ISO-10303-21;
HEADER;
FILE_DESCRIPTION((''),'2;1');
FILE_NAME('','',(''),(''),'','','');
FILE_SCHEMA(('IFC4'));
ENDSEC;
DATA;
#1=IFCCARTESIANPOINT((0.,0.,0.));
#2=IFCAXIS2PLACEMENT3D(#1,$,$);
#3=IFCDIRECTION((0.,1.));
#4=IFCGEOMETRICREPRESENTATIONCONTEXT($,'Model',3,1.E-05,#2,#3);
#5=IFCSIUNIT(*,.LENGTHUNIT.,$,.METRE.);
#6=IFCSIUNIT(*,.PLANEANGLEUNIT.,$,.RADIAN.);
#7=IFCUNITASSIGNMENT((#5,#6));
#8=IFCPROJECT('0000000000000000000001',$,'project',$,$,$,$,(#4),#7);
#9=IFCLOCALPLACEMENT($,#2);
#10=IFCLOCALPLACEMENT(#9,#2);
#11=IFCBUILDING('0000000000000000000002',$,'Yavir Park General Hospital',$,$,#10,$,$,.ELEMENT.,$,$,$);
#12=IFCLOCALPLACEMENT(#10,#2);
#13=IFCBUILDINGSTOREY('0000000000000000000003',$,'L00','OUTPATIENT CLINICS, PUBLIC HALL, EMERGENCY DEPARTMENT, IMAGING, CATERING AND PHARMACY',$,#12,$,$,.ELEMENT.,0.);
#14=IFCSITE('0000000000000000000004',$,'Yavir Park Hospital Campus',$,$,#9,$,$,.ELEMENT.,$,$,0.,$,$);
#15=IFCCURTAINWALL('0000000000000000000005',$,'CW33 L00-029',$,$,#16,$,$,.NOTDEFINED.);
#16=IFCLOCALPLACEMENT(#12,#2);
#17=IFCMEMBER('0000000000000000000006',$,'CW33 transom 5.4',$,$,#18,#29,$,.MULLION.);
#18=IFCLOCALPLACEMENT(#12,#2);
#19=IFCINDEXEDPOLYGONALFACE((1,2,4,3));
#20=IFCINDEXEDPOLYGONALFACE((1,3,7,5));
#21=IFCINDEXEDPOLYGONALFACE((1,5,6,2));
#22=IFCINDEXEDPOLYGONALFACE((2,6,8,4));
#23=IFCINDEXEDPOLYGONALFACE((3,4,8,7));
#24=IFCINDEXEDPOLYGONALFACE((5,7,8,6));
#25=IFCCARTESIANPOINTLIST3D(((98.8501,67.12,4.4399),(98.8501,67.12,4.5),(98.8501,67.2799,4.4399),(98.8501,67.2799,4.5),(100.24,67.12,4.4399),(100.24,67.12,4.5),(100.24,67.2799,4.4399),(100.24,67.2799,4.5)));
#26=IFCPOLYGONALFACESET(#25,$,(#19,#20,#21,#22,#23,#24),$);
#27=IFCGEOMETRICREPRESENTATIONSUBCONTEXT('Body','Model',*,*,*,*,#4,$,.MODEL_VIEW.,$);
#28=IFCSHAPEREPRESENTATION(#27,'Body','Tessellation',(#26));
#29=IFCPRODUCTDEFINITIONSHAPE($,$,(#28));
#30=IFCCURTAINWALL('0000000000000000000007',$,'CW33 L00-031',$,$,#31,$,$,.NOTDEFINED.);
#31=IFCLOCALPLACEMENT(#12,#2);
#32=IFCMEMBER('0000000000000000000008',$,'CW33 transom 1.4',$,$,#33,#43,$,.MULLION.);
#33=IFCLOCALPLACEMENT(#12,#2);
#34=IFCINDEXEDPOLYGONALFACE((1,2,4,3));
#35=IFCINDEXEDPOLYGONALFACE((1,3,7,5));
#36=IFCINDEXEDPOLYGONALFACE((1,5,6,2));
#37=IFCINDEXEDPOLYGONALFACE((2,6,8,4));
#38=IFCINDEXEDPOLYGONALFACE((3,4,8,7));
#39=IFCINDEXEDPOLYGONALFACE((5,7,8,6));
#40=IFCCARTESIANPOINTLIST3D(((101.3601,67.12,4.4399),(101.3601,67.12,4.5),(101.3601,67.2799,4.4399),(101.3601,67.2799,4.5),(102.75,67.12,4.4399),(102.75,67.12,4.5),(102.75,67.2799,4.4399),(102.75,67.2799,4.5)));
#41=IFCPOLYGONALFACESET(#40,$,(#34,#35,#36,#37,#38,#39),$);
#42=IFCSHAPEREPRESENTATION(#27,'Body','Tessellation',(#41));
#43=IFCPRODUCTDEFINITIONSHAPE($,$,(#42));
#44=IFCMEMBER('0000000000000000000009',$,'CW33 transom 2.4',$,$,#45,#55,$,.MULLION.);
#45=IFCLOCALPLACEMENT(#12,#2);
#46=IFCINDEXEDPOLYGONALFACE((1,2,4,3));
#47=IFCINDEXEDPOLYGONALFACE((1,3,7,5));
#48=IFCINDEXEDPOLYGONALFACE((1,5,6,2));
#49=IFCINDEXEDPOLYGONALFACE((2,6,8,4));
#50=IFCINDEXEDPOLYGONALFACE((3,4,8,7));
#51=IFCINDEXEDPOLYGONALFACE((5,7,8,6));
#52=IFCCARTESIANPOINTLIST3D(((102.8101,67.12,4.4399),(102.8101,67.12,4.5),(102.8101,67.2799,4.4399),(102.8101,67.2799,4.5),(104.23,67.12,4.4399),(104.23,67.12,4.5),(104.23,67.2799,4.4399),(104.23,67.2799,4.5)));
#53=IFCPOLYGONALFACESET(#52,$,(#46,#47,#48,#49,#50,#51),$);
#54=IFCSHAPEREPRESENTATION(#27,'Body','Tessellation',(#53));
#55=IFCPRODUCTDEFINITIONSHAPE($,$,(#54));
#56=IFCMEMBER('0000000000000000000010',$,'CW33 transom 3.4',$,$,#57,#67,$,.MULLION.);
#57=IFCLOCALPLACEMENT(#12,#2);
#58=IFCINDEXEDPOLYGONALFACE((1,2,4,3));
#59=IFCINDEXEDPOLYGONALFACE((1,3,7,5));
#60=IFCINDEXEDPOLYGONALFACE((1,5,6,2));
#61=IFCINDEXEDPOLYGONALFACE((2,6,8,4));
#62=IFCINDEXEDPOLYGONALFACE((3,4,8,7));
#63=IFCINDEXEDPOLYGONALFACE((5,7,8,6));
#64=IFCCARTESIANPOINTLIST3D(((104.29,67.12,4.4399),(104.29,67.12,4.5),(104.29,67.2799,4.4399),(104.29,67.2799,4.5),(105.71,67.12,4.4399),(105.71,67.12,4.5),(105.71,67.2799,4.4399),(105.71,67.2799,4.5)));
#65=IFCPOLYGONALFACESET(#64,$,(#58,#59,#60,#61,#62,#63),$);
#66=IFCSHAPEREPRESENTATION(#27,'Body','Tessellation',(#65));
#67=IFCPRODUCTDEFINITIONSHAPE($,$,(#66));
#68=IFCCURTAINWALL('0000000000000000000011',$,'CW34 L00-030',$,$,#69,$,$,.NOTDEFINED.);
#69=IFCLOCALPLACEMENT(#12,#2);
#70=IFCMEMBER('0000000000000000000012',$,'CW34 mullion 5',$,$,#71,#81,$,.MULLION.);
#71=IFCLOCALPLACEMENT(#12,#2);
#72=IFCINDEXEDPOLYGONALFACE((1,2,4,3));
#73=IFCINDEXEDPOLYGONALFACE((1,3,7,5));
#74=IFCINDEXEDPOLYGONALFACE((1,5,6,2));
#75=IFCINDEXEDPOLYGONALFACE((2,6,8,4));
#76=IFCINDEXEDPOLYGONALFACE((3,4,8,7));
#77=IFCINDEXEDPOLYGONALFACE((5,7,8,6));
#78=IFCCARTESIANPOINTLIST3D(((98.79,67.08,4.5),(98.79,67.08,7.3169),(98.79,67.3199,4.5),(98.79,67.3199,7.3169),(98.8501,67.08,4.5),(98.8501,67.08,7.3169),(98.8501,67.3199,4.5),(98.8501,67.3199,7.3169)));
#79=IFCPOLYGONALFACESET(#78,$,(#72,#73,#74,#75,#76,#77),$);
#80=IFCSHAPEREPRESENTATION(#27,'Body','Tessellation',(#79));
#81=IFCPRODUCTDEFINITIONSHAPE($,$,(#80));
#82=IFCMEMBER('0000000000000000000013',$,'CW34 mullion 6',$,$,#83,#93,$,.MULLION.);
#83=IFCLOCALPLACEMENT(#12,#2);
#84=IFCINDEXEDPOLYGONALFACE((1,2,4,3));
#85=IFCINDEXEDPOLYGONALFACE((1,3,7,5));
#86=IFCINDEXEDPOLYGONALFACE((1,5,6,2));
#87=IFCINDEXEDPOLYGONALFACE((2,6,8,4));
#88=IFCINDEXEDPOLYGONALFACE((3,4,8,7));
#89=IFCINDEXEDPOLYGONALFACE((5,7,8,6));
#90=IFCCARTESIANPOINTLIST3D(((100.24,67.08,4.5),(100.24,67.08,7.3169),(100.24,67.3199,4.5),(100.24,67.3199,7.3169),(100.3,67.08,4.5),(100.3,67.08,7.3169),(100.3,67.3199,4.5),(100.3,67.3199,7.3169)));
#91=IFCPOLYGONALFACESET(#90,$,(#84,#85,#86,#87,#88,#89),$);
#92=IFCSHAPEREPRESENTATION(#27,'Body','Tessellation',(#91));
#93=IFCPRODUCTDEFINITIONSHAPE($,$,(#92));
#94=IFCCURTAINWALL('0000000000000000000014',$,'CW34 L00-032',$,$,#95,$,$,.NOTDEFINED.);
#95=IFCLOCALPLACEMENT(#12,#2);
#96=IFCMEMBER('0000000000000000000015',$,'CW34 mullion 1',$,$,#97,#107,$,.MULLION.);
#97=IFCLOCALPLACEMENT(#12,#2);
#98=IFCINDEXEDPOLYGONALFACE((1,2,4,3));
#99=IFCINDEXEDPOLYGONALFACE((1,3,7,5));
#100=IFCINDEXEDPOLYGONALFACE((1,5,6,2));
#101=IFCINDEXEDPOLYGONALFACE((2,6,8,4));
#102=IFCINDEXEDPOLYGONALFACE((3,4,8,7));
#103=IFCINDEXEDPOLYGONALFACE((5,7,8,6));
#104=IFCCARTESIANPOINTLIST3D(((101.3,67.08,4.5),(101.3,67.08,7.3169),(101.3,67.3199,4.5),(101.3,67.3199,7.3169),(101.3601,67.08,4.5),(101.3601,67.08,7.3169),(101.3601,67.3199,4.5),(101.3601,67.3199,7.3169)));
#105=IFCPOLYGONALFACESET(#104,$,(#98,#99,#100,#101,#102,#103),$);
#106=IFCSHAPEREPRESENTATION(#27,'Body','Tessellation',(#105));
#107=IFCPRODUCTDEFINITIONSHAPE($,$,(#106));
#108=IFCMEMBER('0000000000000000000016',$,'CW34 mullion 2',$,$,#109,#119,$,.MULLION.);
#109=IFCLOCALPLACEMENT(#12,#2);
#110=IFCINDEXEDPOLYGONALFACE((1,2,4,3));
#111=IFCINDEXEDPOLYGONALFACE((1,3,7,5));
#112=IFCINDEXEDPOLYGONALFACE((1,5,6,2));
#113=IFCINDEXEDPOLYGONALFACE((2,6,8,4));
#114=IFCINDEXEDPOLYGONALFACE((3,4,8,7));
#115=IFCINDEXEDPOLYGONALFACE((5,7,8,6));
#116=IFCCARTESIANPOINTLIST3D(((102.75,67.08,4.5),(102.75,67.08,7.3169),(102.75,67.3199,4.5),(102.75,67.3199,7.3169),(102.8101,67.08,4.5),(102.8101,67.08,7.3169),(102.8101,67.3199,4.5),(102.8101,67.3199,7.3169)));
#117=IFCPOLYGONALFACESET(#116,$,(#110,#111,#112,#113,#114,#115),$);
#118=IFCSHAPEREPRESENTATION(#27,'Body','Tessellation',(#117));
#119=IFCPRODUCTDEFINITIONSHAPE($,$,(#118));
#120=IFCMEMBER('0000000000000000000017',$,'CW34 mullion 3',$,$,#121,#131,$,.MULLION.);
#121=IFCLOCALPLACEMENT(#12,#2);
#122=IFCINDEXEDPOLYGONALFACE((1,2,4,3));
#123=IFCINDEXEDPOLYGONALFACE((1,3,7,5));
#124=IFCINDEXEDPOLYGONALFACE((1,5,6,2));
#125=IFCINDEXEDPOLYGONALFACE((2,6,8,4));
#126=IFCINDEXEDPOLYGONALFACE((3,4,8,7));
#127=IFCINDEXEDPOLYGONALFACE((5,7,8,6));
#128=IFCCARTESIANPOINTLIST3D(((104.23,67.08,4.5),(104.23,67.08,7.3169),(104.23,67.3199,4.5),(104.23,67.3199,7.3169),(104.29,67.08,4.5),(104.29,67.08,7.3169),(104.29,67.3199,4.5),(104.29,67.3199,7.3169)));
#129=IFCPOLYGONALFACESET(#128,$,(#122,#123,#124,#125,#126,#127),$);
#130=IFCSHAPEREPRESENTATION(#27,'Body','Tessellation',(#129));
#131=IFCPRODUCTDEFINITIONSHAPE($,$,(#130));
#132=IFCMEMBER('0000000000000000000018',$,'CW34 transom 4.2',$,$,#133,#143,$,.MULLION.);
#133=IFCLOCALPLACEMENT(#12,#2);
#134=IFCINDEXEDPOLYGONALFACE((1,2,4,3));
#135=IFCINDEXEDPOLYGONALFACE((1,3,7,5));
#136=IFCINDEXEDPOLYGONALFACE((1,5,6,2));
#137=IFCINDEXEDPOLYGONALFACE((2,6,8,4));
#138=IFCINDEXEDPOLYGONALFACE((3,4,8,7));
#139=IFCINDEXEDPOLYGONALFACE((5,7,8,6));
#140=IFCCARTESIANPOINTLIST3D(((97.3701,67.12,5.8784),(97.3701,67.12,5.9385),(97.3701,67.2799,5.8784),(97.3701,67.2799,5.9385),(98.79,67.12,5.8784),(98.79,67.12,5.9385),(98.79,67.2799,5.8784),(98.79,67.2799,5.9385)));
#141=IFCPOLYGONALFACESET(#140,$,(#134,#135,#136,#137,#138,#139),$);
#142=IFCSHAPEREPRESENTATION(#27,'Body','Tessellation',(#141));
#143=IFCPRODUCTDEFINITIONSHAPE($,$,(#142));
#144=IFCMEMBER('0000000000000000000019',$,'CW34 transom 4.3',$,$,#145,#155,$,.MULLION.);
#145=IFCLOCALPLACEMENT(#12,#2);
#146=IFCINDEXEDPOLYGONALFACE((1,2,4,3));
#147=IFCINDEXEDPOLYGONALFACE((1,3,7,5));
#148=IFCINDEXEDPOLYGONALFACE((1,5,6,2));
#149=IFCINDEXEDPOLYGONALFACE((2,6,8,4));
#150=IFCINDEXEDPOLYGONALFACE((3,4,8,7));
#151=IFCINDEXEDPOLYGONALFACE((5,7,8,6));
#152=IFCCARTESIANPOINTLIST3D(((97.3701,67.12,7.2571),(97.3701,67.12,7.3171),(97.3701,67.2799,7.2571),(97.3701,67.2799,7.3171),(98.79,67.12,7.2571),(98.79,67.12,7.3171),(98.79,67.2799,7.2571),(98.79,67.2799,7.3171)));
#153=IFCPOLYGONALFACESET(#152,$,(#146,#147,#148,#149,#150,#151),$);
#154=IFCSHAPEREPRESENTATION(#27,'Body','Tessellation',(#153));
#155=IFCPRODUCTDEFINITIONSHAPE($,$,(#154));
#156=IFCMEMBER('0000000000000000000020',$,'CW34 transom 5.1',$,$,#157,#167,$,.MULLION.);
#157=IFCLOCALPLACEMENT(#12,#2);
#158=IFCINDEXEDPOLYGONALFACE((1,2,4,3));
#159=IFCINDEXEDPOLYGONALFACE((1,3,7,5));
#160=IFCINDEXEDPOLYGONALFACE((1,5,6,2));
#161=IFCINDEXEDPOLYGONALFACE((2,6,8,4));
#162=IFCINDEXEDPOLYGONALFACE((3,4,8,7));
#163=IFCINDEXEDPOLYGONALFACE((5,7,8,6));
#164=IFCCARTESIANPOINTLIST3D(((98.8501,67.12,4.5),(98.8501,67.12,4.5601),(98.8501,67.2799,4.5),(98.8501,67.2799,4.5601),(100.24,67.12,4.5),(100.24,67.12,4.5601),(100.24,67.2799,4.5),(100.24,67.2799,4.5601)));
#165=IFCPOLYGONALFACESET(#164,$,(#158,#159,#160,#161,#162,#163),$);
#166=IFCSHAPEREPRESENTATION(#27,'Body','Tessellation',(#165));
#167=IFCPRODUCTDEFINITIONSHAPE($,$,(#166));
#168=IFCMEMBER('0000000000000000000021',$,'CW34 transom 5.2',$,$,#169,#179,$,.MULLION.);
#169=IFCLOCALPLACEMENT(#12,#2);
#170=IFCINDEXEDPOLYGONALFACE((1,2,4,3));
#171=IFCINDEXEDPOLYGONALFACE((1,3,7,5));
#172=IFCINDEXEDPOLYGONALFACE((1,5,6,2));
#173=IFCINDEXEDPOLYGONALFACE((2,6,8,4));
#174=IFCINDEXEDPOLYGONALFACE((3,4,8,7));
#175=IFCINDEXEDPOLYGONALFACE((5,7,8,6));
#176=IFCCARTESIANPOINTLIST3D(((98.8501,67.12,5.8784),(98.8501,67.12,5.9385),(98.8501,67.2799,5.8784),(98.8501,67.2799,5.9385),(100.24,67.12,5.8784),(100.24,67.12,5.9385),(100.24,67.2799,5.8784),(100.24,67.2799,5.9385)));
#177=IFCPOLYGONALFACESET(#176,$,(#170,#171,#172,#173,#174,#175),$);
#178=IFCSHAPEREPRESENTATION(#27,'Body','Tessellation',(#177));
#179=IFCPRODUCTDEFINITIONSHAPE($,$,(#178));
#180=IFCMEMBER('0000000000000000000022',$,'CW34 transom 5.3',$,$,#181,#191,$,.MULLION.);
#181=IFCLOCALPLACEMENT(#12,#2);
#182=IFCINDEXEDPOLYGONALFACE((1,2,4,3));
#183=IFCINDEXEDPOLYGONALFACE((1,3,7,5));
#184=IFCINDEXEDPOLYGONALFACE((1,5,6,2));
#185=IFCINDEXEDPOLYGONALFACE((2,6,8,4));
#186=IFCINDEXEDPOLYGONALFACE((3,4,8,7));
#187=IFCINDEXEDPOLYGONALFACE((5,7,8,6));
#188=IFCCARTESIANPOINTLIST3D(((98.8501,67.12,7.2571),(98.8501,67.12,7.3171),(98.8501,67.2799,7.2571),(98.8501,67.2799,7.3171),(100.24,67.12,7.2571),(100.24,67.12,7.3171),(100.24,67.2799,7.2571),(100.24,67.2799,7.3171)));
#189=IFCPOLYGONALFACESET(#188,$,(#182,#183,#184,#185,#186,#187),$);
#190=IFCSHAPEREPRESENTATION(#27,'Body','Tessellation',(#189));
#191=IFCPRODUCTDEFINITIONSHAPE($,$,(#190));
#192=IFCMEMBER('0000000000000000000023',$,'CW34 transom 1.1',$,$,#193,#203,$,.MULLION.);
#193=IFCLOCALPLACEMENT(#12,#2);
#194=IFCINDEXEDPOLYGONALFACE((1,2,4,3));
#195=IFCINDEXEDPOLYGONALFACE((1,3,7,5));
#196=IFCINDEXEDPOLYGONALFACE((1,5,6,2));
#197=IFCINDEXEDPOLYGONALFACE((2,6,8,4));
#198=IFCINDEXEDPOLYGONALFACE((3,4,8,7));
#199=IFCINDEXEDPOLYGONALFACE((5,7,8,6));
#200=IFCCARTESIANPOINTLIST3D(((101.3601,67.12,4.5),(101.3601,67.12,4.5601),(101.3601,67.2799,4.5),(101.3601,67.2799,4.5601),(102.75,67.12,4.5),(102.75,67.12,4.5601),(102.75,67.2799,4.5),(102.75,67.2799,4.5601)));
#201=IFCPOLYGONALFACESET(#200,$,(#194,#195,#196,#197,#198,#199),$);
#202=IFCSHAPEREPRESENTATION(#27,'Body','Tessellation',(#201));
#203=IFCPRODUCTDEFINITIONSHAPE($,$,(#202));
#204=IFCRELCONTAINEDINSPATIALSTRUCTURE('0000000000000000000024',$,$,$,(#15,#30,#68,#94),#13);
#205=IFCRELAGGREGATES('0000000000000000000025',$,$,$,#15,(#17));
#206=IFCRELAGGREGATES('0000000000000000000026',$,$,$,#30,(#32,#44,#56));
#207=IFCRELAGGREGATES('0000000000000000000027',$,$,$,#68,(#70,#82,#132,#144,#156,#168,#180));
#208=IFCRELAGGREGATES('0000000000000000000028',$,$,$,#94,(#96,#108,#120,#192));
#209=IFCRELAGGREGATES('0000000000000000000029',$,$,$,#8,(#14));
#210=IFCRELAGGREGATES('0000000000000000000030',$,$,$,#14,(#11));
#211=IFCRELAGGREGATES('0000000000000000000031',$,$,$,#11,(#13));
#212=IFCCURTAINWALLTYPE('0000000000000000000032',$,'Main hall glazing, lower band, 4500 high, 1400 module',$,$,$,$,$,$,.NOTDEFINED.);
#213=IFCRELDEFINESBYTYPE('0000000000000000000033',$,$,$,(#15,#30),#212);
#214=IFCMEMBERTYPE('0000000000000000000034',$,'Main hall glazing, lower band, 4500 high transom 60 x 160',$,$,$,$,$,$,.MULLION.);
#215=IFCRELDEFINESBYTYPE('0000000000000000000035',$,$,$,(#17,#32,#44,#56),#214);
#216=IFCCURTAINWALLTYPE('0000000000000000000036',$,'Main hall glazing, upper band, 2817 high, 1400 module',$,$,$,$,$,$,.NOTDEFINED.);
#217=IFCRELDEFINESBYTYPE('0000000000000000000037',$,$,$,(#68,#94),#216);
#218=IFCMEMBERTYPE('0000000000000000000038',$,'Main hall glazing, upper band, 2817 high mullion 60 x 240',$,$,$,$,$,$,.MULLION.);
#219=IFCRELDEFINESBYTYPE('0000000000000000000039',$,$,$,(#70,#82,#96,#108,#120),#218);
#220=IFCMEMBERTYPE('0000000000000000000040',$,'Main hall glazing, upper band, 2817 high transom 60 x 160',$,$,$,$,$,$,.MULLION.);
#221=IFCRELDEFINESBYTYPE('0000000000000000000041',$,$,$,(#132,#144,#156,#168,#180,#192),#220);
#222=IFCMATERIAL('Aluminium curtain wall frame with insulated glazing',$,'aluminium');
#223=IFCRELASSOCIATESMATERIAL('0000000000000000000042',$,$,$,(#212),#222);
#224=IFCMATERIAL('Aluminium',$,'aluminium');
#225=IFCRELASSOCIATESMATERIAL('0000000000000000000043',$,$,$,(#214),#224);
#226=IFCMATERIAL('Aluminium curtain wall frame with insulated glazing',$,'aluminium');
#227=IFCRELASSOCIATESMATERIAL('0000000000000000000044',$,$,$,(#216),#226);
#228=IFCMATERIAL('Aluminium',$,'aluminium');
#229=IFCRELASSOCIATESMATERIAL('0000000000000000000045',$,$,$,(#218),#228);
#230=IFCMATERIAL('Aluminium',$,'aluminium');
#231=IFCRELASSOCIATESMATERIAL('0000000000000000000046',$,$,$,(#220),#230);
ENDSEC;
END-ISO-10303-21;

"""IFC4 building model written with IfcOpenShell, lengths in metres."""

from ifc_helpers import new_model, si_unit, direction, frame, origin, origin_2d, place, context, subcontext, project, spatial, rectangle, extrude, material, material_profile, profile_set, type_object, element, aggregate, save


model = new_model("IFC4")

# Units and contexts
model_context = context("Model", 3, precision=1e-05, world=origin(), true_north=direction((0.0, 1.0)))
body_context = subcontext(model_context, "Body", "Model", "MODEL_VIEW")
ifc_project = project(units=[si_unit("LENGTHUNIT", "METRE"), si_unit("PLANEANGLEUNIT", "RADIAN")], contexts=[model_context])

# Site, building, storey
site_placement = place(None, origin())
site = spatial("IfcSite", under=ifc_project, at=site_placement, Name="Yavir Park Hospital Campus", CompositionType="ELEMENT", RefElevation=0.0)
building_placement = place(site_placement, origin())
building = spatial("IfcBuilding", under=site, at=building_placement, Name="Yavir Park General Hospital", CompositionType="ELEMENT")
storey_placement = place(building_placement, origin())
storey = spatial("IfcBuildingStorey", under=building, at=storey_placement, Name="L00", Description="OUTPATIENT CLINICS, PUBLIC HALL, EMERGENCY DEPARTMENT, IMAGING, CATERING AND PHARMACY", CompositionType="ELEMENT", Elevation=0.0)

# Curtain wall, member
ifc_material_1 = material(Name="Aluminium curtain wall frame with insulated glazing", Category="aluminium")
curtain_wall_type_1 = type_object("IfcCurtainWallType", Name="Main hall glazing, lower band, 4500 high, 1400 module", PredefinedType="NOTDEFINED", material=ifc_material_1)
curtain_wall_1_placement = place(storey_placement, origin())
curtain_wall_1 = element("IfcCurtainWall", 1, at=curtain_wall_1_placement, inside=storey, type_object=curtain_wall_type_1, Name="CW33 L00-029", PredefinedType="NOTDEFINED")
ifc_material_2 = material(Name="Aluminium", Category="aluminium")
ifc_material_profile_1 = material_profile(ifc_material_2, rectangle(XDim=0.1599, YDim=0.0601, at=origin_2d()), Name="AL 160x60")
ifc_profile_set_1 = profile_set([ifc_material_profile_1], Name="Aluminium")
member_type_1 = type_object("IfcMemberType", Name="Main hall glazing, lower band, 4500 high transom 60 x 160", PredefinedType="MULLION", material=ifc_profile_set_1)
member_1_placement = place(storey_placement, frame((98.8501, 67.2, 4.47), z_axis=(1.0, 0.0, 0.0), x_axis=(0.0, 1.0, 0.0)))
member_1 = element("IfcMember", 2, at=member_1_placement, type_object=member_type_1, Name="CW33 transom 5.4", PredefinedType="MULLION", context=body_context, shape_type="SweptSolid", body=[
    extrude(rectangle(XDim=0.1599, YDim=0.0601, at=origin_2d()), origin(), (0.0, 0.0, 1.0), 1.3899),
])
aggregate(curtain_wall_1, [member_1])

# Curtain walls, members
curtain_wall_2_placement = place(storey_placement, origin())
curtain_wall_2 = element("IfcCurtainWall", 3, at=curtain_wall_2_placement, inside=storey, type_object=curtain_wall_type_1, Name="CW33 L00-031", PredefinedType="NOTDEFINED")
member_2_placement = place(storey_placement, frame((101.3601, 67.2, 4.47), z_axis=(1.0, 0.0, 0.0), x_axis=(0.0, 1.0, 0.0)))
member_2 = element("IfcMember", 4, at=member_2_placement, type_object=member_type_1, Name="CW33 transom 1.4", PredefinedType="MULLION", context=body_context, shape_type="SweptSolid", body=[
    extrude(rectangle(XDim=0.1599, YDim=0.0601, at=origin_2d()), origin(), (0.0, 0.0, 1.0), 1.3899),
])
member_3_placement = place(storey_placement, frame((102.8101, 67.2, 4.47), z_axis=(1.0, 0.0, 0.0), x_axis=(0.0, 1.0, 0.0)))
member_3 = element("IfcMember", 5, at=member_3_placement, type_object=member_type_1, Name="CW33 transom 2.4", PredefinedType="MULLION", context=body_context, shape_type="SweptSolid", body=[
    extrude(rectangle(XDim=0.1599, YDim=0.0601, at=origin_2d()), origin(), (0.0, 0.0, 1.0), 1.4199),
])
member_4_placement = place(storey_placement, frame((104.29, 67.2, 4.47), z_axis=(1.0, 0.0, 0.0), x_axis=(0.0, 1.0, 0.0)))
member_4 = element("IfcMember", 6, at=member_4_placement, type_object=member_type_1, Name="CW33 transom 3.4", PredefinedType="MULLION", context=body_context, shape_type="SweptSolid", body=[
    extrude(rectangle(XDim=0.1599, YDim=0.0601, at=origin_2d()), origin(), (0.0, 0.0, 1.0), 1.4199),
])
ifc_material_3 = material(Name="Aluminium curtain wall frame with insulated glazing", Category="aluminium")
curtain_wall_type_2 = type_object("IfcCurtainWallType", Name="Main hall glazing, upper band, 2817 high, 1400 module", PredefinedType="NOTDEFINED", material=ifc_material_3)
curtain_wall_3_placement = place(storey_placement, origin())
curtain_wall_3 = element("IfcCurtainWall", 7, at=curtain_wall_3_placement, inside=storey, type_object=curtain_wall_type_2, Name="CW34 L00-030", PredefinedType="NOTDEFINED")
ifc_material_4 = material(Name="Aluminium", Category="aluminium")
ifc_material_profile_2 = material_profile(ifc_material_4, rectangle(XDim=0.24, YDim=0.0601, at=origin_2d()), Name="AL 60x240")
ifc_profile_set_2 = profile_set([ifc_material_profile_2], Name="Aluminium")
member_type_2 = type_object("IfcMemberType", Name="Main hall glazing, upper band, 2817 high mullion 60 x 240", PredefinedType="MULLION", material=ifc_profile_set_2)
member_5_placement = place(storey_placement, frame((98.8201, 67.2, 4.5), z_axis=(0.0, 0.0, 1.0), x_axis=(0.0, 1.0, 0.0)))
member_5 = element("IfcMember", 8, at=member_5_placement, type_object=member_type_2, Name="CW34 mullion 5", PredefinedType="MULLION", context=body_context, shape_type="SweptSolid", body=[
    extrude(rectangle(XDim=0.24, YDim=0.0601, at=origin_2d()), origin(), (0.0, 0.0, 1.0), 2.8169),
])
member_6_placement = place(storey_placement, frame((100.27, 67.2, 4.5), z_axis=(0.0, 0.0, 1.0), x_axis=(0.0, 1.0, 0.0)))
member_6 = element("IfcMember", 9, at=member_6_placement, type_object=member_type_2, Name="CW34 mullion 6", PredefinedType="MULLION", context=body_context, shape_type="SweptSolid", body=[
    extrude(rectangle(XDim=0.24, YDim=0.0601, at=origin_2d()), origin(), (0.0, 0.0, 1.0), 2.8169),
])
curtain_wall_4_placement = place(storey_placement, origin())
curtain_wall_4 = element("IfcCurtainWall", 10, at=curtain_wall_4_placement, inside=storey, type_object=curtain_wall_type_2, Name="CW34 L00-032", PredefinedType="NOTDEFINED")
member_7_placement = place(storey_placement, frame((101.3301, 67.2, 4.5), z_axis=(0.0, 0.0, 1.0), x_axis=(0.0, 1.0, 0.0)))
member_7 = element("IfcMember", 11, at=member_7_placement, type_object=member_type_2, Name="CW34 mullion 1", PredefinedType="MULLION", context=body_context, shape_type="SweptSolid", body=[
    extrude(rectangle(XDim=0.24, YDim=0.0601, at=origin_2d()), origin(), (0.0, 0.0, 1.0), 2.8169),
])
member_8_placement = place(storey_placement, frame((102.78, 67.2, 4.5), z_axis=(0.0, 0.0, 1.0), x_axis=(0.0, 1.0, 0.0)))
member_8 = element("IfcMember", 12, at=member_8_placement, type_object=member_type_2, Name="CW34 mullion 2", PredefinedType="MULLION", context=body_context, shape_type="SweptSolid", body=[
    extrude(rectangle(XDim=0.24, YDim=0.0601, at=origin_2d()), origin(), (0.0, 0.0, 1.0), 2.8169),
])
member_9_placement = place(storey_placement, frame((104.26, 67.2, 4.5), z_axis=(0.0, 0.0, 1.0), x_axis=(0.0, 1.0, 0.0)))
member_9 = element("IfcMember", 13, at=member_9_placement, type_object=member_type_2, Name="CW34 mullion 3", PredefinedType="MULLION", context=body_context, shape_type="SweptSolid", body=[
    extrude(rectangle(XDim=0.24, YDim=0.0601, at=origin_2d()), origin(), (0.0, 0.0, 1.0), 2.8169),
])

# Members
ifc_material_5 = material(Name="Aluminium", Category="aluminium")
ifc_material_profile_3 = material_profile(ifc_material_5, rectangle(XDim=0.1599, YDim=0.0601, at=origin_2d()), Name="AL 160x60")
ifc_profile_set_3 = profile_set([ifc_material_profile_3], Name="Aluminium")
member_type_3 = type_object("IfcMemberType", Name="Main hall glazing, upper band, 2817 high transom 60 x 160", PredefinedType="MULLION", material=ifc_profile_set_3)
member_10_placement = place(storey_placement, frame((97.3701, 67.2, 5.9084), z_axis=(1.0, 0.0, 0.0), x_axis=(0.0, 1.0, 0.0)))
member_10 = element("IfcMember", 14, at=member_10_placement, type_object=member_type_3, Name="CW34 transom 4.2", PredefinedType="MULLION", context=body_context, shape_type="SweptSolid", body=[
    extrude(rectangle(XDim=0.1599, YDim=0.0601, at=origin_2d()), origin(), (0.0, 0.0, 1.0), 1.4199),
])
member_11_placement = place(storey_placement, frame((97.3701, 67.2, 7.2871), z_axis=(1.0, 0.0, 0.0), x_axis=(0.0, 1.0, 0.0)))
member_11 = element("IfcMember", 15, at=member_11_placement, type_object=member_type_3, Name="CW34 transom 4.3", PredefinedType="MULLION", context=body_context, shape_type="SweptSolid", body=[
    extrude(rectangle(XDim=0.1599, YDim=0.0601, at=origin_2d()), origin(), (0.0, 0.0, 1.0), 1.4199),
])
member_12_placement = place(storey_placement, frame((98.8501, 67.2, 4.53), z_axis=(1.0, 0.0, 0.0), x_axis=(0.0, 1.0, 0.0)))
member_12 = element("IfcMember", 16, at=member_12_placement, type_object=member_type_3, Name="CW34 transom 5.1", PredefinedType="MULLION", context=body_context, shape_type="SweptSolid", body=[
    extrude(rectangle(XDim=0.1599, YDim=0.0601, at=origin_2d()), origin(), (0.0, 0.0, 1.0), 1.3899),
])
member_13_placement = place(storey_placement, frame((98.8501, 67.2, 5.9084), z_axis=(1.0, 0.0, 0.0), x_axis=(0.0, 1.0, 0.0)))
member_13 = element("IfcMember", 17, at=member_13_placement, type_object=member_type_3, Name="CW34 transom 5.2", PredefinedType="MULLION", context=body_context, shape_type="SweptSolid", body=[
    extrude(rectangle(XDim=0.1599, YDim=0.0601, at=origin_2d()), origin(), (0.0, 0.0, 1.0), 1.3899),
])
member_14_placement = place(storey_placement, frame((98.8501, 67.2, 7.2871), z_axis=(1.0, 0.0, 0.0), x_axis=(0.0, 1.0, 0.0)))
member_14 = element("IfcMember", 18, at=member_14_placement, type_object=member_type_3, Name="CW34 transom 5.3", PredefinedType="MULLION", context=body_context, shape_type="SweptSolid", body=[
    extrude(rectangle(XDim=0.1599, YDim=0.0601, at=origin_2d()), origin(), (0.0, 0.0, 1.0), 1.3899),
])
member_15_placement = place(storey_placement, frame((101.3601, 67.2, 4.53), z_axis=(1.0, 0.0, 0.0), x_axis=(0.0, 1.0, 0.0)))
member_15 = element("IfcMember", 19, at=member_15_placement, type_object=member_type_3, Name="CW34 transom 1.1", PredefinedType="MULLION", context=body_context, shape_type="SweptSolid", body=[
    extrude(rectangle(XDim=0.1599, YDim=0.0601, at=origin_2d()), origin(), (0.0, 0.0, 1.0), 1.3899),
])

aggregate(curtain_wall_2, [member_2, member_3, member_4])
aggregate(curtain_wall_3, [member_5, member_6, member_10, member_11, member_12, member_13, member_14])
aggregate(curtain_wall_4, [member_7, member_8, member_9, member_15])

save(model, "model.ifc")
